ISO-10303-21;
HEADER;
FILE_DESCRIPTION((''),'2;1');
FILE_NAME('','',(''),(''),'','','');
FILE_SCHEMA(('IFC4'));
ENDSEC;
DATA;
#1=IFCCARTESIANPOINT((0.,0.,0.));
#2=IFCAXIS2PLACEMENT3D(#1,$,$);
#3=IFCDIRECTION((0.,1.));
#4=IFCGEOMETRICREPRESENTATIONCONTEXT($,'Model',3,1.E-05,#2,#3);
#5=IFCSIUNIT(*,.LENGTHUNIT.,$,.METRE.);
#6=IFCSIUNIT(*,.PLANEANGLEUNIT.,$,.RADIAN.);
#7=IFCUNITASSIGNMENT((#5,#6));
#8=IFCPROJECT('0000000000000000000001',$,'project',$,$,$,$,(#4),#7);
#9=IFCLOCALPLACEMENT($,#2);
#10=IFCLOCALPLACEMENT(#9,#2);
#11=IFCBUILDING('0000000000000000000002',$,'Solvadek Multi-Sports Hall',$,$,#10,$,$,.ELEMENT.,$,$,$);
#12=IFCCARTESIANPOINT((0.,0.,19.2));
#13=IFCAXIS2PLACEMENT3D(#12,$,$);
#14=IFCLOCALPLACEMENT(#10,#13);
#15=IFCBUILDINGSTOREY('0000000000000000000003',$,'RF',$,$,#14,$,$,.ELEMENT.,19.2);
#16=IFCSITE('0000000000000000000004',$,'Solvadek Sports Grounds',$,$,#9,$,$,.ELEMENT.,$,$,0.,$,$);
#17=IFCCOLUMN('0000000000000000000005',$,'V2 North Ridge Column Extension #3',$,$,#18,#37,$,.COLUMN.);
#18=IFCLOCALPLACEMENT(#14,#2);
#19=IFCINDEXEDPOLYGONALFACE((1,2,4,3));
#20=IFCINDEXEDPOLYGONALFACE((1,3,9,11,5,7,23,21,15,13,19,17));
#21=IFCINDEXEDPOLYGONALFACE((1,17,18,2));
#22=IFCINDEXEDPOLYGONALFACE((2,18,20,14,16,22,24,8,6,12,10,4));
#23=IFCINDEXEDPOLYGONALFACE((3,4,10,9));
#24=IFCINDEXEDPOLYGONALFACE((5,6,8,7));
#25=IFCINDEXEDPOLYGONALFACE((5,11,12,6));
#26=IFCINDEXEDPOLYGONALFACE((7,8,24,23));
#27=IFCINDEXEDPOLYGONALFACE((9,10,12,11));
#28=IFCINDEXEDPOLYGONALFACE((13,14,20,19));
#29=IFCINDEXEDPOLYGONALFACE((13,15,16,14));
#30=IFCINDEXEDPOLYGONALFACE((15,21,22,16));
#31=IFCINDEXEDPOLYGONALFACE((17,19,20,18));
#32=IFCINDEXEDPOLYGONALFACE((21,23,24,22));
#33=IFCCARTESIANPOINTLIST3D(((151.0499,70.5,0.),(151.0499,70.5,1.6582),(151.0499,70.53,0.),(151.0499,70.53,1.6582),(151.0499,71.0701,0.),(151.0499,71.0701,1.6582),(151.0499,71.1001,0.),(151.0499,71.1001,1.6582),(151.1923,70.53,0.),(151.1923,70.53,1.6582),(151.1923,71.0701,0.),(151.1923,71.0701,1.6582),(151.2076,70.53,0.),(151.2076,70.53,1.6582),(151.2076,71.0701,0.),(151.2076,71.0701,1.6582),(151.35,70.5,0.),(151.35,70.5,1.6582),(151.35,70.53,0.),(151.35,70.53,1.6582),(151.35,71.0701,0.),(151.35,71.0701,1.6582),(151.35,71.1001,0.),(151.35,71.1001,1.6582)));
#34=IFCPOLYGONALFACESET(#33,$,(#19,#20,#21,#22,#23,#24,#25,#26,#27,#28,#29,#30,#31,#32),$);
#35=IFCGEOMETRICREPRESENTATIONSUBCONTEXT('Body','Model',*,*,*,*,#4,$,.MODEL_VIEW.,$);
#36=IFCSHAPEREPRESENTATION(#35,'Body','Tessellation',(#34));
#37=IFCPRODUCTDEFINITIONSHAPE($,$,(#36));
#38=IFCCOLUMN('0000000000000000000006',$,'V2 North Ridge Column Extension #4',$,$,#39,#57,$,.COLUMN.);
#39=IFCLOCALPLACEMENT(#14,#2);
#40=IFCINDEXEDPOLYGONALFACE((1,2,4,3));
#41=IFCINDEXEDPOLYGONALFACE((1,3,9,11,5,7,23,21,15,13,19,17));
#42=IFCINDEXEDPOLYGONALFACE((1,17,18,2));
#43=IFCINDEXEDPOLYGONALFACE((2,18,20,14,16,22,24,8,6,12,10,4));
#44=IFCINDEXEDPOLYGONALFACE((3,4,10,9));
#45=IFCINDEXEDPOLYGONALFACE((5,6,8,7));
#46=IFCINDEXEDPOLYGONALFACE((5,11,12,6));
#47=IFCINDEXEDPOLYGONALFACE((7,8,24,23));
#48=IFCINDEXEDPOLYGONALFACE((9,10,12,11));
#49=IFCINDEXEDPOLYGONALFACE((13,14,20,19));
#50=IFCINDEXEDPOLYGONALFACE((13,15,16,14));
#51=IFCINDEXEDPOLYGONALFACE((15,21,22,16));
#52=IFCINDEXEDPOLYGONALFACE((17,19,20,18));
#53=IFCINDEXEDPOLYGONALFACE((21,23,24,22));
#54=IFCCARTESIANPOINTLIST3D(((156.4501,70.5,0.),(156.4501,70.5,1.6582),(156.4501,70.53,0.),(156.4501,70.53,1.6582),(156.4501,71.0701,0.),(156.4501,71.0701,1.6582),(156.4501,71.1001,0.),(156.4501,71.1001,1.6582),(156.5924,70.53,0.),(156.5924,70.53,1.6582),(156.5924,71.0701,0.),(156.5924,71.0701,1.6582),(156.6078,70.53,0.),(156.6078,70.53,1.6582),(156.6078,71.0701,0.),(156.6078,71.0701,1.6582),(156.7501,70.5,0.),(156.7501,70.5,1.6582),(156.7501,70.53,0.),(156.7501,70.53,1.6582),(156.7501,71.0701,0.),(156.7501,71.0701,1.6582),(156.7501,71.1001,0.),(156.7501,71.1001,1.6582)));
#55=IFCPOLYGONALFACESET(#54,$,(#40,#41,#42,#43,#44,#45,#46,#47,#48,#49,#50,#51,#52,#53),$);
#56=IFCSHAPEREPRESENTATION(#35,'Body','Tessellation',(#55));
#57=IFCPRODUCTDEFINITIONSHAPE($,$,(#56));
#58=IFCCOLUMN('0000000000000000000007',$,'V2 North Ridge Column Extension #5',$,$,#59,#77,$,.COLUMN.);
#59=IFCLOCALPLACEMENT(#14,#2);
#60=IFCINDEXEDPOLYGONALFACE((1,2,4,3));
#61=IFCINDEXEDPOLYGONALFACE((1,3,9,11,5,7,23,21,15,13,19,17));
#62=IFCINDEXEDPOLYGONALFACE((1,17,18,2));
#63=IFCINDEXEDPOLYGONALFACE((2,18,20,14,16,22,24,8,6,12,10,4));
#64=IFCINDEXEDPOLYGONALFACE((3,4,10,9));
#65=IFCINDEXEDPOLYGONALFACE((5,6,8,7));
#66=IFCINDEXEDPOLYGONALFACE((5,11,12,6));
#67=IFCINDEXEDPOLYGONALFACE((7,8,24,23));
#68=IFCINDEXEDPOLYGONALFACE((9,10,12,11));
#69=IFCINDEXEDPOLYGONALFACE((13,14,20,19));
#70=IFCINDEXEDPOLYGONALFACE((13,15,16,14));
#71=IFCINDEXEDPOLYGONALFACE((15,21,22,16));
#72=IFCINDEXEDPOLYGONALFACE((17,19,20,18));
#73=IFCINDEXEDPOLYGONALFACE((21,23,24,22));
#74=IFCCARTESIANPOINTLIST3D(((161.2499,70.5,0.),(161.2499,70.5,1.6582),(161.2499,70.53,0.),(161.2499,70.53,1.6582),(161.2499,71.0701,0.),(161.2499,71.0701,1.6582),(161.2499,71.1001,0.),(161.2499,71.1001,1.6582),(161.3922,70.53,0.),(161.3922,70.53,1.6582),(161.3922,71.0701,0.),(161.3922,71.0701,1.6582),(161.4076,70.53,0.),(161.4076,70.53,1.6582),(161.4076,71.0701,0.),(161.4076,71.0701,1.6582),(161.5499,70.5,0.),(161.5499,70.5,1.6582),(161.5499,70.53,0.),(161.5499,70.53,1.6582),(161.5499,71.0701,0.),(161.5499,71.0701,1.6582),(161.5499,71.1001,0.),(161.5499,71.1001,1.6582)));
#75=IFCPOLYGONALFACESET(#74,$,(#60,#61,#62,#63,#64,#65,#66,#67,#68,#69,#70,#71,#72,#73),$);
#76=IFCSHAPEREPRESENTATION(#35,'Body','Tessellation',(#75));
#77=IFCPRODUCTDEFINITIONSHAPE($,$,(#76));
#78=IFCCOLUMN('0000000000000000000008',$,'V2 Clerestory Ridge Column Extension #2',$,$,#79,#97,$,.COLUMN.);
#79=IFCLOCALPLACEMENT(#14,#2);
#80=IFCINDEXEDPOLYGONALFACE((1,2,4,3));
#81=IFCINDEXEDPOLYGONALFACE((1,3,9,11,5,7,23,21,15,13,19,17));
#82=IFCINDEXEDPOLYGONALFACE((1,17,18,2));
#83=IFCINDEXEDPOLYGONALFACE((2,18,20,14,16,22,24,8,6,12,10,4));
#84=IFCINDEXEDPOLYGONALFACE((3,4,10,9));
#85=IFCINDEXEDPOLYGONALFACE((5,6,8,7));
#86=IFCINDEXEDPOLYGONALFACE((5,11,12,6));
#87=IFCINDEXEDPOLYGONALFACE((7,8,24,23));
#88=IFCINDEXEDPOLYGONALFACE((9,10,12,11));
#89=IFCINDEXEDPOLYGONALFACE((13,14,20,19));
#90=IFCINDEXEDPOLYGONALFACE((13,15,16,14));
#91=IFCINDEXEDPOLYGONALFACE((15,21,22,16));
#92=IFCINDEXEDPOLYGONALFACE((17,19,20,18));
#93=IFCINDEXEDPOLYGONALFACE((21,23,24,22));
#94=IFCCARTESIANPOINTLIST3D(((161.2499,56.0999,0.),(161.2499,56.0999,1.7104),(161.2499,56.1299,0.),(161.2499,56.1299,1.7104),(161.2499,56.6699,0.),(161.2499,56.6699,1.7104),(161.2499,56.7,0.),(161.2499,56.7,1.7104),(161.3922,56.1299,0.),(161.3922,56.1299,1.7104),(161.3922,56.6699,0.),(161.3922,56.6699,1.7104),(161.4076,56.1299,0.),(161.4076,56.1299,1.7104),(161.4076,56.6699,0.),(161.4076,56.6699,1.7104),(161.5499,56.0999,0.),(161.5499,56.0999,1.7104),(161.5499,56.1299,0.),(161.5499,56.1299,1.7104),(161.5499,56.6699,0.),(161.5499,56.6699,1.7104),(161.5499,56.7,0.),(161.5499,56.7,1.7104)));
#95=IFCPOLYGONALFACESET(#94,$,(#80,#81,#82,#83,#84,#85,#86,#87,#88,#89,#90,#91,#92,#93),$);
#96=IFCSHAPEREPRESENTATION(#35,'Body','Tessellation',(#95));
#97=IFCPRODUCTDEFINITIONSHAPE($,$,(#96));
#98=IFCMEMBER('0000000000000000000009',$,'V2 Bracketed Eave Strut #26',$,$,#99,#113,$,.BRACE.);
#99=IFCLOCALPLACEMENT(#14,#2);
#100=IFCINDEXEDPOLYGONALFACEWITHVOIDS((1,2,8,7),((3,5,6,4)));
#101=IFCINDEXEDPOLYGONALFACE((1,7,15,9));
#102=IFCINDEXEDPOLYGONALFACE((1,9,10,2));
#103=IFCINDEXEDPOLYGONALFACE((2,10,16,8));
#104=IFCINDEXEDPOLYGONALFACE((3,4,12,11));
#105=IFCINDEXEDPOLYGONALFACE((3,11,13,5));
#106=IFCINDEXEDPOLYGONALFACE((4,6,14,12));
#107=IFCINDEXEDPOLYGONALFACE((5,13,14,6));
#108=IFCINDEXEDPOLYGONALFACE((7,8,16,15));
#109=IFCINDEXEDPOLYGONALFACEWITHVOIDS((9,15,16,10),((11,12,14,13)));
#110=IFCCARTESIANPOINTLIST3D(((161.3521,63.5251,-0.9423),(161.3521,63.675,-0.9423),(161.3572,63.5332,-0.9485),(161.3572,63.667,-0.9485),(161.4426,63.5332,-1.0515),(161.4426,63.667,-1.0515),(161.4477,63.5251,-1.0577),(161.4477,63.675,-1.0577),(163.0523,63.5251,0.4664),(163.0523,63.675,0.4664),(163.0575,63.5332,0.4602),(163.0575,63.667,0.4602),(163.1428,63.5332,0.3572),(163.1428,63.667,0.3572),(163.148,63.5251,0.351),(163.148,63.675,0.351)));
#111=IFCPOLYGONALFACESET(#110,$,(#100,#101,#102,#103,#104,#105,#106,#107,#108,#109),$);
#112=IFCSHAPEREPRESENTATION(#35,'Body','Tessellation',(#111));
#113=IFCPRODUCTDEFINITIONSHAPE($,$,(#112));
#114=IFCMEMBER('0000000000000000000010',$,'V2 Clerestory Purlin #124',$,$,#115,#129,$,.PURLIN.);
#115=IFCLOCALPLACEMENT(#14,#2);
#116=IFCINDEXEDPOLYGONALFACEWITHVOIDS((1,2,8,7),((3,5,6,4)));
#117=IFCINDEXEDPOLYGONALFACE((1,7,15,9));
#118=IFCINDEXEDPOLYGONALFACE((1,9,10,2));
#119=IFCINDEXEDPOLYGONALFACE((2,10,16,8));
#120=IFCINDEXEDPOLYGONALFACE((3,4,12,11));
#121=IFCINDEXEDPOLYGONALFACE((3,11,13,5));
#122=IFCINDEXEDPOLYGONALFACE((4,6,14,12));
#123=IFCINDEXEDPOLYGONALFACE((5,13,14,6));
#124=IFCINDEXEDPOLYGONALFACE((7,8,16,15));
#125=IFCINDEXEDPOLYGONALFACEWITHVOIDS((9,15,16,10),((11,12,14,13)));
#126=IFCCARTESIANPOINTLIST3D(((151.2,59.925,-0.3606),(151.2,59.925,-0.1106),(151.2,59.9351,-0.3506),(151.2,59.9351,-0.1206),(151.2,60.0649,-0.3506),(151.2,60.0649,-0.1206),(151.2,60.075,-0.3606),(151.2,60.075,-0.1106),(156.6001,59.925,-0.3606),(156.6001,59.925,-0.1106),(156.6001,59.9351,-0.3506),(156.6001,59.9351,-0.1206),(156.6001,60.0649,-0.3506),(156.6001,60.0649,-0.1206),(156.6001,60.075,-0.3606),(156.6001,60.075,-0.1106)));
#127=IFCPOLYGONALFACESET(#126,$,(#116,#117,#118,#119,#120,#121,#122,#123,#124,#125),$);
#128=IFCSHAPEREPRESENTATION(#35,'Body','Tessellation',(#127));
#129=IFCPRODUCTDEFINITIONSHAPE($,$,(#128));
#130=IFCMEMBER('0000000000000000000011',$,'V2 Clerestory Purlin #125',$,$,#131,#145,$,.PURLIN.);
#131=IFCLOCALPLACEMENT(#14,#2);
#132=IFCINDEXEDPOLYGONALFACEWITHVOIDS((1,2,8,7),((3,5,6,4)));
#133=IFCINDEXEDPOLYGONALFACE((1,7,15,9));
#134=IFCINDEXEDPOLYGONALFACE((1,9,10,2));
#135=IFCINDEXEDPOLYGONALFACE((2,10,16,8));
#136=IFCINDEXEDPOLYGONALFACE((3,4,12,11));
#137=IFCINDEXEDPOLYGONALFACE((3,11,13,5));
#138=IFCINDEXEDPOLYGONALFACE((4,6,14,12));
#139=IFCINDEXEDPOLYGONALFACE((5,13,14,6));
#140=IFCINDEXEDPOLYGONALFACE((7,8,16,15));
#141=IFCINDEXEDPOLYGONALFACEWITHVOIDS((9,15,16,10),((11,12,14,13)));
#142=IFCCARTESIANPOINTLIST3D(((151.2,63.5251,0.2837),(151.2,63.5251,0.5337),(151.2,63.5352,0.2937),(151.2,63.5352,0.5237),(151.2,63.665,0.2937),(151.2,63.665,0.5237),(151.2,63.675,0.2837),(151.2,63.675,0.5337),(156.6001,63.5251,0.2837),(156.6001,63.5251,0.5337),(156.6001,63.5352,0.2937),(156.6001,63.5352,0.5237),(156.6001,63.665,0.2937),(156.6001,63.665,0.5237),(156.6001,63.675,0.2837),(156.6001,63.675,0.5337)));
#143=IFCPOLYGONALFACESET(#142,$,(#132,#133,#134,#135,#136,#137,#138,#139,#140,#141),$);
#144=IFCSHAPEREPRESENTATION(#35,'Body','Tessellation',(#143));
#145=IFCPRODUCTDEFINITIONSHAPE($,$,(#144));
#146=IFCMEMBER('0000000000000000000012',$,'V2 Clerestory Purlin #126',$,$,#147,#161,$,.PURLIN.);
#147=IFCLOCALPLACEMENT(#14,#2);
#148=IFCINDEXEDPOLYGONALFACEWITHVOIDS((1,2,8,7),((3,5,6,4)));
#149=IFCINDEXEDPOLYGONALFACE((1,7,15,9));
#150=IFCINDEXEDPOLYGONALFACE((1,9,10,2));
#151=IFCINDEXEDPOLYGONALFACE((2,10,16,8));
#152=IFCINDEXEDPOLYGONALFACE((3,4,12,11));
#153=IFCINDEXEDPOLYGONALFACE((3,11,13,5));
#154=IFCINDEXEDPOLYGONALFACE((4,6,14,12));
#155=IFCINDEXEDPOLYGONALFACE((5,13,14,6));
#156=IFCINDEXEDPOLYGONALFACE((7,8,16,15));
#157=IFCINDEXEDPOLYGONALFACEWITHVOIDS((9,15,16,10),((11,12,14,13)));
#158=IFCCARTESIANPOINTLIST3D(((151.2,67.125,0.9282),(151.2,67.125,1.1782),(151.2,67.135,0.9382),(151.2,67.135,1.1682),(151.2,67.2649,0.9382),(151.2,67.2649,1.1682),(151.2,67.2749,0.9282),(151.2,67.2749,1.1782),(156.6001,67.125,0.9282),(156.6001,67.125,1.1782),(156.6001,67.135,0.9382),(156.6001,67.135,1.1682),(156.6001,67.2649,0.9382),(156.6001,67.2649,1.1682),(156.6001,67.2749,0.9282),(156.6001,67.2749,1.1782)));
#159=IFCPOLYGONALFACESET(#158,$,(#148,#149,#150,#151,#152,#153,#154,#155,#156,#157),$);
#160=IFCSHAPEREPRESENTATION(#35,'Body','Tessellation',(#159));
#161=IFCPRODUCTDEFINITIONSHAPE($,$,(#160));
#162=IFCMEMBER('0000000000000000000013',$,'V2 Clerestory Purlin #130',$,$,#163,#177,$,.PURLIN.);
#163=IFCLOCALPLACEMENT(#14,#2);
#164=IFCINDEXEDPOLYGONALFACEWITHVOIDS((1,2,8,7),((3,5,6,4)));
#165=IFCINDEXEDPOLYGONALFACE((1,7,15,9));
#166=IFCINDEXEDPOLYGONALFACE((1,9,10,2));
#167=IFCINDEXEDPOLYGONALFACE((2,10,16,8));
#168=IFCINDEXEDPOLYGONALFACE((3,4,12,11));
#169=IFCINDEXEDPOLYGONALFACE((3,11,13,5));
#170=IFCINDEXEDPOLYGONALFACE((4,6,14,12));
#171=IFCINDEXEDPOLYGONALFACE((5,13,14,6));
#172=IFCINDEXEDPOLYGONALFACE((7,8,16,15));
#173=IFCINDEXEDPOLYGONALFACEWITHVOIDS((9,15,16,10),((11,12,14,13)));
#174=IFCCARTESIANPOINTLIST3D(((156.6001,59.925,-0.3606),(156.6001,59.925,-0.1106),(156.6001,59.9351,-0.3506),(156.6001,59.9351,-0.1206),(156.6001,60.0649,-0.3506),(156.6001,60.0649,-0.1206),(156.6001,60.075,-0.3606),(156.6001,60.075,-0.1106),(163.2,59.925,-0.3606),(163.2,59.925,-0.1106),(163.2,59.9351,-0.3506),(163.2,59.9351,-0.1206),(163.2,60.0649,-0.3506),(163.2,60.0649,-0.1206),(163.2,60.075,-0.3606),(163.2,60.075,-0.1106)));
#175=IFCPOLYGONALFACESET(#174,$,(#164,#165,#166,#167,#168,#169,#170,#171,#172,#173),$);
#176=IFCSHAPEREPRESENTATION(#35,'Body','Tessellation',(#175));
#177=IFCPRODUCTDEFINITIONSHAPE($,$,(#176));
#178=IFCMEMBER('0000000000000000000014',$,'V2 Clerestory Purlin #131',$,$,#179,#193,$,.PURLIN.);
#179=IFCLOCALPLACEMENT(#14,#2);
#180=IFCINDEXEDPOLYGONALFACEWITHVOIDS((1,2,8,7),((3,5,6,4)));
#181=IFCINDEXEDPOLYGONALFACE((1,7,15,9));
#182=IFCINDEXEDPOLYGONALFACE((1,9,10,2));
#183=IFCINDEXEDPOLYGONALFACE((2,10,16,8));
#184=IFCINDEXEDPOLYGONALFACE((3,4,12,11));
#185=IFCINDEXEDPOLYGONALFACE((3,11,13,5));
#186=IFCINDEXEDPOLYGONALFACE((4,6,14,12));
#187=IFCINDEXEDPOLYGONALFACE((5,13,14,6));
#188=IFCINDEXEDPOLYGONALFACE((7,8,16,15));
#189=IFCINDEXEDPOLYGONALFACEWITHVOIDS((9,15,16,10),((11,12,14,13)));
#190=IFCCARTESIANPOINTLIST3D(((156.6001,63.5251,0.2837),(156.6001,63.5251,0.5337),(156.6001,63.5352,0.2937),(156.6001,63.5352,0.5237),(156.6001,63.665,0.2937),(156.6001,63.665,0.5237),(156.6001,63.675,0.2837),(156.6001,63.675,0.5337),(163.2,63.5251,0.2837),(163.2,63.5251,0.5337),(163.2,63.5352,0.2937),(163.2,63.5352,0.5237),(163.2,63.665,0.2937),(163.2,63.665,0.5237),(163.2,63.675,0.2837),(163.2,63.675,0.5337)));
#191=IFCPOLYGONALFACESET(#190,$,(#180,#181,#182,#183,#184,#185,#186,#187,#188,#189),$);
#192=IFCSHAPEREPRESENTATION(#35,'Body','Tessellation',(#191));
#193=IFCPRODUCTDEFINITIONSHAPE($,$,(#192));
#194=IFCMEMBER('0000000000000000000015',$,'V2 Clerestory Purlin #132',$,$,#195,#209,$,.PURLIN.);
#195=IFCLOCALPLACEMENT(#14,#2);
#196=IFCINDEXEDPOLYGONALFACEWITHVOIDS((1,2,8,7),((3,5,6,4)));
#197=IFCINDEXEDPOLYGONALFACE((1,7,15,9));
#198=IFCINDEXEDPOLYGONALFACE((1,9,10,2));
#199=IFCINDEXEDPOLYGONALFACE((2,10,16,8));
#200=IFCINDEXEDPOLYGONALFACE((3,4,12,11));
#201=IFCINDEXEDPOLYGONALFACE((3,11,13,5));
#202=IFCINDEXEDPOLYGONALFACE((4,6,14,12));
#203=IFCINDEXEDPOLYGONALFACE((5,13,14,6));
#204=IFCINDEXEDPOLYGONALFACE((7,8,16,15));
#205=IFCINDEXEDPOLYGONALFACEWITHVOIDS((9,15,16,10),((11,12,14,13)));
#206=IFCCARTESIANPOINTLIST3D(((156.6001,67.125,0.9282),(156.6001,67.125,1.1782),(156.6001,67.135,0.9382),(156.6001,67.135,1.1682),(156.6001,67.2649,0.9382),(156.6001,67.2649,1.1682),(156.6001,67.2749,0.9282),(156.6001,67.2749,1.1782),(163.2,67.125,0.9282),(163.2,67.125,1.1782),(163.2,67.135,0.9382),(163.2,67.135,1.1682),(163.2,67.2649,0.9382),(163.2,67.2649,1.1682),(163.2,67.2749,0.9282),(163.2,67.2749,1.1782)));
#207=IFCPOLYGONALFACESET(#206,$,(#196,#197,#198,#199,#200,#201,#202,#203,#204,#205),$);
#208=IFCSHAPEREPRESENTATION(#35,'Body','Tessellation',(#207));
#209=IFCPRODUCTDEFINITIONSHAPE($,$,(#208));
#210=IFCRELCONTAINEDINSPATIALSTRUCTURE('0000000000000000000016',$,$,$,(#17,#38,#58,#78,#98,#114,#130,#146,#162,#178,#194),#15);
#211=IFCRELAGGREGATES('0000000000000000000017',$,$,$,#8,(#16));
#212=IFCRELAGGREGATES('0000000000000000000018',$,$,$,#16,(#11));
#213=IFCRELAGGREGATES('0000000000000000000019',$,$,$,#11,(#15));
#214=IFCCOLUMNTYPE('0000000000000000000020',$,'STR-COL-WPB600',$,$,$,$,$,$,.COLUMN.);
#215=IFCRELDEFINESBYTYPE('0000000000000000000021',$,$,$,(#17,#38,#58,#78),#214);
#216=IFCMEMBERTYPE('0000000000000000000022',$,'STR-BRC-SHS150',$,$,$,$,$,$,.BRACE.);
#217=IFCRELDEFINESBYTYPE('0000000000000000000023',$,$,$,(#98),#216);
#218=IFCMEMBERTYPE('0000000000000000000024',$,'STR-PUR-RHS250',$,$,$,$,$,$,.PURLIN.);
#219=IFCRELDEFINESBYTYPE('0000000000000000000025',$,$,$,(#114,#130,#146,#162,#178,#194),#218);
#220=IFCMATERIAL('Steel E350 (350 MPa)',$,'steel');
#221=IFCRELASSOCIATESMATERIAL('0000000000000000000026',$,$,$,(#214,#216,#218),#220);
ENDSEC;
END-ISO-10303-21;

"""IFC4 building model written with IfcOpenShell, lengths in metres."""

from ifc_helpers import new_model, si_unit, direction, frame, origin, origin_2d, place, context, subcontext, project, spatial, hollow_rectangle, i_section, extrude, material, material_profile, profile_set, type_object, element, save


model = new_model("IFC4")

# Units and contexts
model_context = context("Model", 3, precision=1e-05, world=origin(), true_north=direction((0.0, 1.0)))
body_context = subcontext(model_context, "Body", "Model", "MODEL_VIEW")
ifc_project = project(units=[si_unit("LENGTHUNIT", "METRE"), si_unit("PLANEANGLEUNIT", "RADIAN")], contexts=[model_context])

# Site, building, storey
site_placement = place(None, origin())
site = spatial("IfcSite", under=ifc_project, at=site_placement, Name="Solvadek Sports Grounds", CompositionType="ELEMENT", RefElevation=0.0)
building_placement = place(site_placement, origin())
building = spatial("IfcBuilding", under=site, at=building_placement, Name="Solvadek Multi-Sports Hall", CompositionType="ELEMENT")
storey_placement = place(building_placement, frame((0.0, 0.0, 19.2)))
storey = spatial("IfcBuildingStorey", under=building, at=storey_placement, Name="RF", CompositionType="ELEMENT", Elevation=19.2)

# Columns
ifc_material_1 = material(Name="Steel E350 (350 MPa)", Category="steel")
ifc_material_profile_1 = material_profile(ifc_material_1, i_section(OverallWidth=0.3, OverallDepth=0.6001, WebThickness=0.0154, FlangeThickness=0.03, at=origin_2d()), Name="WPB 600")
ifc_profile_set_1 = profile_set([ifc_material_profile_1], Name="Steel E350 (350 MPa)")
column_type = type_object("IfcColumnType", Name="STR-COL-WPB600", PredefinedType="COLUMN", material=ifc_profile_set_1)
for number, where, z_axis, x_axis, name in (
    (1, (151.2, 70.8, 0.0), (0.0, 0.0, 1.0), (1.0, 0.0, 0.0), "V2 North Ridge Column Extension #3"),
    (2, (156.6001, 70.8, 0.0), (0.0, 0.0, 1.0), (1.0, 0.0, 0.0), "V2 North Ridge Column Extension #4"),
    (3, (161.3999, 70.8, 0.0), (0.0, 0.0, 1.0), (1.0, 0.0, 0.0), "V2 North Ridge Column Extension #5"),
):
    element("IfcColumn", number, at=place(storey_placement, frame(where, z_axis=z_axis, x_axis=x_axis)), inside=storey, type_object=column_type, Name=name, PredefinedType="COLUMN", context=body_context, shape_type="SweptSolid", body=[
        extrude(i_section(OverallWidth=0.3, OverallDepth=0.6001, WebThickness=0.0154, FlangeThickness=0.03, at=origin_2d()), origin(), (0.0, 0.0, 1.0), 1.6582),
    ])
column_placement = place(storey_placement, frame((161.3999, 56.3999, 0.0), z_axis=(0.0, 0.0, 1.0), x_axis=(1.0, 0.0, 0.0)))
element("IfcColumn", 4, at=column_placement, inside=storey, type_object=column_type, Name="V2 Clerestory Ridge Column Extension #2", PredefinedType="COLUMN", context=body_context, shape_type="SweptSolid", body=[
    extrude(i_section(OverallWidth=0.3, OverallDepth=0.6001, WebThickness=0.0154, FlangeThickness=0.03, at=origin_2d()), origin(), (0.0, 0.0, 1.0), 1.7104),
])

# Members
ifc_material_profile_2 = material_profile(ifc_material_1, hollow_rectangle(XDim=0.1499, YDim=0.1499, WallThickness=0.0081, at=origin_2d()), Name="SHS 150x150x8")
ifc_profile_set_2 = profile_set([ifc_material_profile_2], Name="Steel E350 (350 MPa)")
member_type_1 = type_object("IfcMemberType", Name="STR-BRC-SHS150", PredefinedType="BRACE", material=ifc_profile_set_2)
member_placement = place(storey_placement, frame((161.3999, 63.6001, -1.0), z_axis=(0.770031, 0.0, 0.638007), x_axis=(0.0, 1.0, 0.0)))
element("IfcMember", 5, at=member_placement, inside=storey, type_object=member_type_1, Name="V2 Bracketed Eave Strut #26", PredefinedType="BRACE", context=body_context, shape_type="SweptSolid", body=[
    extrude(hollow_rectangle(XDim=0.1499, YDim=0.1499, WallThickness=0.0081, at=origin_2d()), origin(), (0.0, 0.0, 1.0), 2.208),
])
ifc_material_profile_3 = material_profile(ifc_material_1, hollow_rectangle(XDim=0.1499, YDim=0.25, WallThickness=0.01, at=origin_2d()), Name="RHS 250x150x10")
ifc_profile_set_3 = profile_set([ifc_material_profile_3], Name="Steel E350 (350 MPa)")
member_type_2 = type_object("IfcMemberType", Name="STR-PUR-RHS250", PredefinedType="PURLIN", material=ifc_profile_set_3)
for number, where, z_axis, x_axis, name in (
    (6, (151.2, 60.0, -0.2356), (1.0, 0.0, 0.0), (0.0, 1.0, 0.0), "V2 Clerestory Purlin #124"),
    (7, (151.2, 63.6001, 0.4087), (1.0, 0.0, 0.0), (0.0, 1.0, 0.0), "V2 Clerestory Purlin #125"),
    (8, (151.2, 67.2, 1.0532), (1.0, 0.0, 0.0), (0.0, 1.0, 0.0), "V2 Clerestory Purlin #126"),
):
    element("IfcMember", number, at=place(storey_placement, frame(where, z_axis=z_axis, x_axis=x_axis)), inside=storey, type_object=member_type_2, Name=name, PredefinedType="PURLIN", context=body_context, shape_type="SweptSolid", body=[
        extrude(hollow_rectangle(XDim=0.1499, YDim=0.25, WallThickness=0.01, at=origin_2d()), origin(), (0.0, 0.0, 1.0), 5.4001),
    ])
for number, where, z_axis, x_axis, name in (
    (9, (156.6001, 60.0, -0.2356), (1.0, 0.0, 0.0), (0.0, 1.0, 0.0), "V2 Clerestory Purlin #130"),
    (10, (156.6001, 63.6001, 0.4087), (1.0, 0.0, 0.0), (0.0, 1.0, 0.0), "V2 Clerestory Purlin #131"),
    (11, (156.6001, 67.2, 1.0532), (1.0, 0.0, 0.0), (0.0, 1.0, 0.0), "V2 Clerestory Purlin #132"),
):
    element("IfcMember", number, at=place(storey_placement, frame(where, z_axis=z_axis, x_axis=x_axis)), inside=storey, type_object=member_type_2, Name=name, PredefinedType="PURLIN", context=body_context, shape_type="SweptSolid", body=[
        extrude(hollow_rectangle(XDim=0.1499, YDim=0.25, WallThickness=0.01, at=origin_2d()), origin(), (0.0, 0.0, 1.0), 6.5999),
    ])

save(model, "model.ifc")
